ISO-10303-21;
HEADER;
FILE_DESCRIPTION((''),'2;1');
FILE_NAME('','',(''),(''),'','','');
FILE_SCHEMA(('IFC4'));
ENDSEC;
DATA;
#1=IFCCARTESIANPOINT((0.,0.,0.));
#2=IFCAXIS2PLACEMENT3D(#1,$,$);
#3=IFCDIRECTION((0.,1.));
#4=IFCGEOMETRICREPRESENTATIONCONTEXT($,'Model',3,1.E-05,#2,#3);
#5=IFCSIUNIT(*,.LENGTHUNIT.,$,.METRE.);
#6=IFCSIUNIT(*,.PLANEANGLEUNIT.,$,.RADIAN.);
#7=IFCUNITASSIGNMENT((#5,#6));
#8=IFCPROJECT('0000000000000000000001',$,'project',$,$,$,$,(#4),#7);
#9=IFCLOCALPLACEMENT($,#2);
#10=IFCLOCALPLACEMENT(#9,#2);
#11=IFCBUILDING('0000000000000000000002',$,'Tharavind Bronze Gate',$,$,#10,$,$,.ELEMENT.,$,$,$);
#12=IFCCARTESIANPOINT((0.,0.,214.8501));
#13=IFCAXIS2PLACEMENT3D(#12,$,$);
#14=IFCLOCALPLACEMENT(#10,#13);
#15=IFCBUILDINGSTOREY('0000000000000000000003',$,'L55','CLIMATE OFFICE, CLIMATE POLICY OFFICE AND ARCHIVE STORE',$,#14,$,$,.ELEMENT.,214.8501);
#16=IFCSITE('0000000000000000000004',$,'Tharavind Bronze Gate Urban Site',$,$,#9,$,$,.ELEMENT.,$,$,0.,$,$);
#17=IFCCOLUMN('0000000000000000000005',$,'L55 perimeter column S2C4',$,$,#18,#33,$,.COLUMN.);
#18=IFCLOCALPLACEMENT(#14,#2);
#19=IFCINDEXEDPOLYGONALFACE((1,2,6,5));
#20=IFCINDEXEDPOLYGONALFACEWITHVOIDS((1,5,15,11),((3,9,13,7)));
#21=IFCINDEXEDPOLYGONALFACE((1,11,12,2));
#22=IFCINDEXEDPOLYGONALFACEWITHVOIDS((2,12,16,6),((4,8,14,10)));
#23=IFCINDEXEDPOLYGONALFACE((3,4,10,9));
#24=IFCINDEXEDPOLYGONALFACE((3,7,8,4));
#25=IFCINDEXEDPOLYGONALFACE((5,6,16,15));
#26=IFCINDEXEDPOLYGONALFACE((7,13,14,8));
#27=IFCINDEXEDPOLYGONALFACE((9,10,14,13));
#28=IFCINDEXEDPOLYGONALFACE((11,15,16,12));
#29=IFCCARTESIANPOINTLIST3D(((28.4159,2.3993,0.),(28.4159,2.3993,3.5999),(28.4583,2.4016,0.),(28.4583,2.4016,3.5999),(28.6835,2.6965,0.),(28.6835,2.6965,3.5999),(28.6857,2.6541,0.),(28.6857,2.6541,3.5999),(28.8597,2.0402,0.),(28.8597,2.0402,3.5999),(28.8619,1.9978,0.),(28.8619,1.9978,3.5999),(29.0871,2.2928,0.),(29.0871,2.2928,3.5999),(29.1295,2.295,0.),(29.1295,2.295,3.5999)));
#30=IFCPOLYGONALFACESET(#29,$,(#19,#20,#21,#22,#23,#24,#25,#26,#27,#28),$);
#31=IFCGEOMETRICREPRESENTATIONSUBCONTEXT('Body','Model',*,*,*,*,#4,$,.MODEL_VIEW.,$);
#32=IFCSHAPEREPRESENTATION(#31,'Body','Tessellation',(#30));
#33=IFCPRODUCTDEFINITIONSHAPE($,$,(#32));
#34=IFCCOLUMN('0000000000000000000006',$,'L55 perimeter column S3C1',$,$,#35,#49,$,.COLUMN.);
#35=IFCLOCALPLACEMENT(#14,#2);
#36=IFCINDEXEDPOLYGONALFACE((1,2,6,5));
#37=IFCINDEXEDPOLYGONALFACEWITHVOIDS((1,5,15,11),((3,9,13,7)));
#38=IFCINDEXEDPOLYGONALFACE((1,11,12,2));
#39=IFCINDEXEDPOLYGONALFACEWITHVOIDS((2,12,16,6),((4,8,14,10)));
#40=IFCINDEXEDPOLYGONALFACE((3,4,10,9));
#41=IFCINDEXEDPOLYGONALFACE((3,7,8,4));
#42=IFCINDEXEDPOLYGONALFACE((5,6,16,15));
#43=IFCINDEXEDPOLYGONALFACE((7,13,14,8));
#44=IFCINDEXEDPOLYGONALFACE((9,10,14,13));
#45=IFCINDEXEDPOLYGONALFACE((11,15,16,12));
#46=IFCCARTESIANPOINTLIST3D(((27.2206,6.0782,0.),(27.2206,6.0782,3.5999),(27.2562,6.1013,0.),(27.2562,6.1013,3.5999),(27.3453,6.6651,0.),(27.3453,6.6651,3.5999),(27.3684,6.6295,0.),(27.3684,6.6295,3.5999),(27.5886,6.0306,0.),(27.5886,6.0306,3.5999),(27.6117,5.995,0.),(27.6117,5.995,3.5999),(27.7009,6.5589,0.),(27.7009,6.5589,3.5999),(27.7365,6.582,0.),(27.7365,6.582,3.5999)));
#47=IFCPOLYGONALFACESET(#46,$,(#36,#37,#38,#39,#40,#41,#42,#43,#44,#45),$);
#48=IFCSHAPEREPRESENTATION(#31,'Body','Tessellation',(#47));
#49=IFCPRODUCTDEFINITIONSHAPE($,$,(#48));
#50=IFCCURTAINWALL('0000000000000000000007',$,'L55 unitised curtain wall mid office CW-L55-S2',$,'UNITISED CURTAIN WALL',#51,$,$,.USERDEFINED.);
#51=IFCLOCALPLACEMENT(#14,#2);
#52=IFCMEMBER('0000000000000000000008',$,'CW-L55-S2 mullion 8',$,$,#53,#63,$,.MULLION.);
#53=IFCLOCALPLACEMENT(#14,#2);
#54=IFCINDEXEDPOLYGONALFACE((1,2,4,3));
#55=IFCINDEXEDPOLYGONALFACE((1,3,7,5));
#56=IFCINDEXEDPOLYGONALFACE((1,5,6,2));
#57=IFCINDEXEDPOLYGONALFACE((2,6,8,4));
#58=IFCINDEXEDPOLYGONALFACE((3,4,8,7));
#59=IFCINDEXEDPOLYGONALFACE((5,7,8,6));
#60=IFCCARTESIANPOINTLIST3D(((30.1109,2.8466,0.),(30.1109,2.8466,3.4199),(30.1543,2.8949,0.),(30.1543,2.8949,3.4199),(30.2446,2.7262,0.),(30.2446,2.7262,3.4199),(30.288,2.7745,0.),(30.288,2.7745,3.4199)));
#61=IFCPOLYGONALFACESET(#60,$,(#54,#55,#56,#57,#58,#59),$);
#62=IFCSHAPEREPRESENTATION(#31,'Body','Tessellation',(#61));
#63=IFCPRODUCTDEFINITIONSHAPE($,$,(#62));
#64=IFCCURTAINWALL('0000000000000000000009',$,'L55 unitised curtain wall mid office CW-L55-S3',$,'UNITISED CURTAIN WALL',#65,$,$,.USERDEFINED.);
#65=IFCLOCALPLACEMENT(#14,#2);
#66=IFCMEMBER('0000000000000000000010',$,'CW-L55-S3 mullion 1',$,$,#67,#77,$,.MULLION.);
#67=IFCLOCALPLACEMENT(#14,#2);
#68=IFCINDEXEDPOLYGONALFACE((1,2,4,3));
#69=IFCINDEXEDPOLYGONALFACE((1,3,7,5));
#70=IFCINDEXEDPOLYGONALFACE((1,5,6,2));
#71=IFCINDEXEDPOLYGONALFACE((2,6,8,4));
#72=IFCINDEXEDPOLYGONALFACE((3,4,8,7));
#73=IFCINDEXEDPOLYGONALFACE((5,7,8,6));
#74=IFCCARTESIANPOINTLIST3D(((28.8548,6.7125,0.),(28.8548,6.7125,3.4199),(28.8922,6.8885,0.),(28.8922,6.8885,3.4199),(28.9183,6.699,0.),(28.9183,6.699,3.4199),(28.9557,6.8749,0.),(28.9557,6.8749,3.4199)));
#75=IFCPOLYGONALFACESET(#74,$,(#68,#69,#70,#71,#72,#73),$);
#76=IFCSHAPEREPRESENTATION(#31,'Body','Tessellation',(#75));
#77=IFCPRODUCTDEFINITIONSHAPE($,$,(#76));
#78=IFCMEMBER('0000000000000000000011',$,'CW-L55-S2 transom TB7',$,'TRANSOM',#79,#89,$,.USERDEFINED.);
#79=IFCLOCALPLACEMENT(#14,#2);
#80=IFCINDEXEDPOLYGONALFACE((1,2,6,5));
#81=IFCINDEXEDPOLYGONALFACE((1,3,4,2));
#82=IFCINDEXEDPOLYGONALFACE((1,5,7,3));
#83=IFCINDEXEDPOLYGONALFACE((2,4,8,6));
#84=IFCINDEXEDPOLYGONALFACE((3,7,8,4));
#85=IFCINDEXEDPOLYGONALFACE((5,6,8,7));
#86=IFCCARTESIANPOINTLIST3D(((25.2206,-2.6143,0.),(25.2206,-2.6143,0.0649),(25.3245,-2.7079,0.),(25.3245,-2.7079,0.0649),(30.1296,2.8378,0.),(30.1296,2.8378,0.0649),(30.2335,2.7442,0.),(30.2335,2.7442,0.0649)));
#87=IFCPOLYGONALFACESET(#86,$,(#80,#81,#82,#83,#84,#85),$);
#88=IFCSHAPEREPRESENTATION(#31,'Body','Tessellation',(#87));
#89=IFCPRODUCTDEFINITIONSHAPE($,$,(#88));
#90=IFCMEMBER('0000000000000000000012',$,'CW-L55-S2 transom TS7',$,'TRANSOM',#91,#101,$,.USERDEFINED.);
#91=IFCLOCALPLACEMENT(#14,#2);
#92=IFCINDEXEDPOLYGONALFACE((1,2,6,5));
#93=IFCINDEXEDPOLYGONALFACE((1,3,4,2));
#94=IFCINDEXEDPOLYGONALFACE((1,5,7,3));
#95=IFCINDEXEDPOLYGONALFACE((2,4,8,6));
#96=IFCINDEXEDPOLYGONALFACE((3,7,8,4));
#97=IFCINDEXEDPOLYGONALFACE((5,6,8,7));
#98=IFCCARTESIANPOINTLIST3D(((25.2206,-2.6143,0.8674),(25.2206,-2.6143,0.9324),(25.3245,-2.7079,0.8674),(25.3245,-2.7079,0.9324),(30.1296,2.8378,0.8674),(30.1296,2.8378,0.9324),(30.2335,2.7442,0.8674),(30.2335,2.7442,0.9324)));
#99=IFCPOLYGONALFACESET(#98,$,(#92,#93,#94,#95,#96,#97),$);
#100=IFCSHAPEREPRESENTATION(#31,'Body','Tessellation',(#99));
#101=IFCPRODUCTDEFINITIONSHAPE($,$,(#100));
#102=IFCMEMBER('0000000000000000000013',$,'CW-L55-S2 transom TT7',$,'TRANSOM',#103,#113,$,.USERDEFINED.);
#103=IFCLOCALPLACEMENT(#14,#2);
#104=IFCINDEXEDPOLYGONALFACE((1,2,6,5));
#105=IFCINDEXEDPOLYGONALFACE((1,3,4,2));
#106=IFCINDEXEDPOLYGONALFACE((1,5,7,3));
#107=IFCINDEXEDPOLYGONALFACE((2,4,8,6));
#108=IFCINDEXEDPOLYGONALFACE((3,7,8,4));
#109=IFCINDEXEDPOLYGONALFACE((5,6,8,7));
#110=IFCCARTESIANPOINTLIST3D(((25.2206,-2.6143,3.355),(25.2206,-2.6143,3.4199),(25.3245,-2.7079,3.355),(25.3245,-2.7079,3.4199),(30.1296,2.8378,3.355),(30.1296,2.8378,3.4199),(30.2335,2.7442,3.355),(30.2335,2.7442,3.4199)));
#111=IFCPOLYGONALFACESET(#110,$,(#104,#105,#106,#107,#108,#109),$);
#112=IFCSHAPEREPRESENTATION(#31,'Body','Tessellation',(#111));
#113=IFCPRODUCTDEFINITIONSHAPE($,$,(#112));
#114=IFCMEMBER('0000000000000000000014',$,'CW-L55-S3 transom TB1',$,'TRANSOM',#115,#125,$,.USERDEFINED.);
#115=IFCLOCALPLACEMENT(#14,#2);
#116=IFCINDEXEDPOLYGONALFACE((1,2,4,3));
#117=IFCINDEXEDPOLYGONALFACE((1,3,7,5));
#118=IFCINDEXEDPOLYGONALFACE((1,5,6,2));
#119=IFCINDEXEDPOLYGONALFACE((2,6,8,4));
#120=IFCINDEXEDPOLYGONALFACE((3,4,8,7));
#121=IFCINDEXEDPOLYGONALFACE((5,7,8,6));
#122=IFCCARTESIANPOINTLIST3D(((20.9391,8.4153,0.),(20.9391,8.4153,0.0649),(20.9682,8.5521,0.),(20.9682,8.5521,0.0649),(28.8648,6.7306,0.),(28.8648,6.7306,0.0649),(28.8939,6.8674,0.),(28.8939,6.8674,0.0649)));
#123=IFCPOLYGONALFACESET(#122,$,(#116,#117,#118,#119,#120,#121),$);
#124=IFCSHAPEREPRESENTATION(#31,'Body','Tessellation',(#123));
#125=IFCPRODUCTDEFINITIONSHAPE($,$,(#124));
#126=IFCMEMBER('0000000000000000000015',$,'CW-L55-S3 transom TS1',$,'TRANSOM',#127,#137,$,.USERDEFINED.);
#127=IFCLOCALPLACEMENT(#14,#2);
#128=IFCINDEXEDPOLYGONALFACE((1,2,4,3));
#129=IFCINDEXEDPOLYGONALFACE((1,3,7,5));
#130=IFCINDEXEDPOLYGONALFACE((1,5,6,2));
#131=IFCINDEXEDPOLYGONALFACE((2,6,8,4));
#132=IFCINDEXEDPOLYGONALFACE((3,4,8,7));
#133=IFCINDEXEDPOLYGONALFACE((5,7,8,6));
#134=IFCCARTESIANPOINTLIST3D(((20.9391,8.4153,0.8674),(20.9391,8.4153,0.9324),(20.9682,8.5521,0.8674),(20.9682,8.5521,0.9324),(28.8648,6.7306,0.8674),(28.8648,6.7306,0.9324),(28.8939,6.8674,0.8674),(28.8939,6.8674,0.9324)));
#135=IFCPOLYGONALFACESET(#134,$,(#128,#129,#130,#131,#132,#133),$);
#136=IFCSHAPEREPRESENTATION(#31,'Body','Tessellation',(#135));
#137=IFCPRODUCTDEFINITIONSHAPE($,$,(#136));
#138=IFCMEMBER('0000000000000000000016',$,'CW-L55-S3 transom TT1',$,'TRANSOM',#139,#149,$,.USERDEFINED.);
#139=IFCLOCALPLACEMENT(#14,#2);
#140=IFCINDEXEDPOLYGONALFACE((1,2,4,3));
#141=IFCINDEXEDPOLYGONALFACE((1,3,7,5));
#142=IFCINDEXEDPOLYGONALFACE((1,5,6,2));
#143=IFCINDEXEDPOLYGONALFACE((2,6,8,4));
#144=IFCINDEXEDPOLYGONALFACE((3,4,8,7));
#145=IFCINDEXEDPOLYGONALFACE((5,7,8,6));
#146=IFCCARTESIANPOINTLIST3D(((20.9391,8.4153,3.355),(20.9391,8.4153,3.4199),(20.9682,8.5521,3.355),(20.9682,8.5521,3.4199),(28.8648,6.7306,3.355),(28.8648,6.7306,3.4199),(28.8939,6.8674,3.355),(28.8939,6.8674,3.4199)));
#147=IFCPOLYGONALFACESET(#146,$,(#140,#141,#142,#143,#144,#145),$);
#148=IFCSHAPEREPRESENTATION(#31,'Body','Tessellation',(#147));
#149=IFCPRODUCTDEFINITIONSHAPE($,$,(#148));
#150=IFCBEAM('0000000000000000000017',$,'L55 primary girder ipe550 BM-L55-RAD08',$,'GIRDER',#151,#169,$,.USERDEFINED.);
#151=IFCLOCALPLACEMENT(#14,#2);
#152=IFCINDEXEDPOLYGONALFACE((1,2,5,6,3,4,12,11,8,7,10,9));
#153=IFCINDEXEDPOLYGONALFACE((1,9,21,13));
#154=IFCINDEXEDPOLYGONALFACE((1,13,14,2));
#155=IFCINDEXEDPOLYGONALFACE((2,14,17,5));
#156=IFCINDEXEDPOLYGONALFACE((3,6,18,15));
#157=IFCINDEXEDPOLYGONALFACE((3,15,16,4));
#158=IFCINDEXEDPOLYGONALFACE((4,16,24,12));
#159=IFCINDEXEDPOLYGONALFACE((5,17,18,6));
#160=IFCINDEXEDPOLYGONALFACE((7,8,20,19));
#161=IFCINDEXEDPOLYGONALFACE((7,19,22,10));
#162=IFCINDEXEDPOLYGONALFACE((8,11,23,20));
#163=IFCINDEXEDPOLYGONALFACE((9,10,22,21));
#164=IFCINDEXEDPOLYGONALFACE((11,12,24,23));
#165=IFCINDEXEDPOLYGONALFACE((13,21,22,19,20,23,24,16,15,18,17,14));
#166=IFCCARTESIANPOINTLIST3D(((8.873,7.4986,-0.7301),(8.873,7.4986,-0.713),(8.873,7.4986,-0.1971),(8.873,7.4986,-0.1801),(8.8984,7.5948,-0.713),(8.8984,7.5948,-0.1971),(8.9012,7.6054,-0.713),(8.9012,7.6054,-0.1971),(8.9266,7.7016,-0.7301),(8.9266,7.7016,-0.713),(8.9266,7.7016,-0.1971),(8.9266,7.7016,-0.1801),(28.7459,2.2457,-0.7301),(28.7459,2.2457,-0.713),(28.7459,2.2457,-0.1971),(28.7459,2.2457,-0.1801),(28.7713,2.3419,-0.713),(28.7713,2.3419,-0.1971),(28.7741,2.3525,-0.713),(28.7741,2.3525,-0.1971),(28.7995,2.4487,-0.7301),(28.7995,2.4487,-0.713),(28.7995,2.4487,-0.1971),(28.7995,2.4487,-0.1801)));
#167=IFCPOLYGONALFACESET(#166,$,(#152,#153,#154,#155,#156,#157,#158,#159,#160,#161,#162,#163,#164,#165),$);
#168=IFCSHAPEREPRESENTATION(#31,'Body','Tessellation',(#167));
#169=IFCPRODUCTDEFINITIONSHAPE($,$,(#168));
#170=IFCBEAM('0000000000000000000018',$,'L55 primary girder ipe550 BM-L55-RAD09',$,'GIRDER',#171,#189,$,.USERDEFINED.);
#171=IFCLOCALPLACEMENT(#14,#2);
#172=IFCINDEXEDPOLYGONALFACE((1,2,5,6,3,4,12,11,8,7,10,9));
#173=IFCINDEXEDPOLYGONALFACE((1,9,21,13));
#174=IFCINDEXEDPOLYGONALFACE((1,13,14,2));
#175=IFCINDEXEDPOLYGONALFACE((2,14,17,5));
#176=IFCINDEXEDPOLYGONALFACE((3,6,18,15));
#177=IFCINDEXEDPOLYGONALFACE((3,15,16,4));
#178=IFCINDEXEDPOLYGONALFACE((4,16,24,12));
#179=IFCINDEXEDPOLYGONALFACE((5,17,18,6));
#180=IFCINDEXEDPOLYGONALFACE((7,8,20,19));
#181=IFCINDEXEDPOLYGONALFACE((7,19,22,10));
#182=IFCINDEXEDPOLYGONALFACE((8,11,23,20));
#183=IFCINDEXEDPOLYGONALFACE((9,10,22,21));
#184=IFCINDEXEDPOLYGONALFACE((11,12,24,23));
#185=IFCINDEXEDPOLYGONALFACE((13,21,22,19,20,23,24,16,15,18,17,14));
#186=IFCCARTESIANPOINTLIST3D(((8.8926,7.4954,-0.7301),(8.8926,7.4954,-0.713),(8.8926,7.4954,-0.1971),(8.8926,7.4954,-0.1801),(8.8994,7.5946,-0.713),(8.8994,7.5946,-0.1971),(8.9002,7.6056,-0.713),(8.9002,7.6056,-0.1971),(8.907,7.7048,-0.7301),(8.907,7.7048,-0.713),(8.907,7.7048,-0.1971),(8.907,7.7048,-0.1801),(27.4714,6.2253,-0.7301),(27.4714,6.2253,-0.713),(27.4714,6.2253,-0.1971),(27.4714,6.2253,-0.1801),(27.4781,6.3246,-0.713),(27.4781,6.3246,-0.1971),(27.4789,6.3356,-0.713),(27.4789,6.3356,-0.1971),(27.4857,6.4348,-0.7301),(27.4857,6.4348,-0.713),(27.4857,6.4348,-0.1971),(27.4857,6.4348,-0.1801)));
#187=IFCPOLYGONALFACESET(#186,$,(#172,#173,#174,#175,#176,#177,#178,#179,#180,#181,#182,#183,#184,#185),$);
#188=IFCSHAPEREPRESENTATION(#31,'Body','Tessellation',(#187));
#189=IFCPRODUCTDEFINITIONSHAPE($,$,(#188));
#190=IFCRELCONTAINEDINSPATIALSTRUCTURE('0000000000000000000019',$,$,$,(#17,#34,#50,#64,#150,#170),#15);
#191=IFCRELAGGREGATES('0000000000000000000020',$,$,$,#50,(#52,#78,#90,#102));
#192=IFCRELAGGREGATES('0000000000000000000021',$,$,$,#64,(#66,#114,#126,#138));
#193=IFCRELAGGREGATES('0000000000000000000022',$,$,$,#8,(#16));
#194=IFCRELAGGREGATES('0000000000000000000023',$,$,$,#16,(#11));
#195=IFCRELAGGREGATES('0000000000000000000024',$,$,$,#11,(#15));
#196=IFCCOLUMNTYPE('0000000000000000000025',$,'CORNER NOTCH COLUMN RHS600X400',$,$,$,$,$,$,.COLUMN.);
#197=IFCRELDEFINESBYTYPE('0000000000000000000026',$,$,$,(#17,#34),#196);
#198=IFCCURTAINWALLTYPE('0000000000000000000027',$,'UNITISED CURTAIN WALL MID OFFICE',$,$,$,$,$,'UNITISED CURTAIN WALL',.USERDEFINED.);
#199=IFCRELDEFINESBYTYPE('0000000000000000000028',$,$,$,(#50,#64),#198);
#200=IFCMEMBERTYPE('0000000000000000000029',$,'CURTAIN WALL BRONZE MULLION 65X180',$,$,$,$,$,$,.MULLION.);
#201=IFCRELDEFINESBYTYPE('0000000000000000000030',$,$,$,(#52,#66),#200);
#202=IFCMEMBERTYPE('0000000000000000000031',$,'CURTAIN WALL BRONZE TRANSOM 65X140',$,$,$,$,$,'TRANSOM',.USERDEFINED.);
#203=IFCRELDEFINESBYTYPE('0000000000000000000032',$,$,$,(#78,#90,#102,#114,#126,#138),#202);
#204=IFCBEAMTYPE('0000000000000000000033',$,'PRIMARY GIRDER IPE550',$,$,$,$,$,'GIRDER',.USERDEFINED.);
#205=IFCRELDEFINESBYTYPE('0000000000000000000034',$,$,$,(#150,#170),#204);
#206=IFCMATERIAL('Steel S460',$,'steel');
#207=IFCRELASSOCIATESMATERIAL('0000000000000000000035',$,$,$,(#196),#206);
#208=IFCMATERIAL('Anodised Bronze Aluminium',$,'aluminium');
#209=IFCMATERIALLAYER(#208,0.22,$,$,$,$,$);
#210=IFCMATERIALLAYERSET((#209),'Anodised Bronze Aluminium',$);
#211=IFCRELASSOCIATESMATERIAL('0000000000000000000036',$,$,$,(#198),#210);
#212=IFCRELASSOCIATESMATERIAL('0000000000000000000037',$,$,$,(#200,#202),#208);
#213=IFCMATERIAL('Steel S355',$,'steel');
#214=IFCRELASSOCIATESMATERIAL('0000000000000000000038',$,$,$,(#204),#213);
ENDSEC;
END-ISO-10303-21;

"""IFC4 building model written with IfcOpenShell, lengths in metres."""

from ifc_helpers import new_model, si_unit, direction, frame, origin, origin_2d, place, context, subcontext, project, spatial, rectangle, hollow_rectangle, i_section, extrude, material, layer, layer_set, material_profile, profile_set, type_object, element, aggregate, save


model = new_model("IFC4")

# Units and contexts
model_context = context("Model", 3, precision=1e-05, world=origin(), true_north=direction((0.0, 1.0)))
body_context = subcontext(model_context, "Body", "Model", "MODEL_VIEW")
ifc_project = project(units=[si_unit("LENGTHUNIT", "METRE"), si_unit("PLANEANGLEUNIT", "RADIAN")], contexts=[model_context])

# Site, building, storey
site_placement = place(None, origin())
site = spatial("IfcSite", under=ifc_project, at=site_placement, Name="Tharavind Bronze Gate Urban Site", CompositionType="ELEMENT", RefElevation=0.0)
building_placement = place(site_placement, origin())
building = spatial("IfcBuilding", under=site, at=building_placement, Name="Tharavind Bronze Gate", CompositionType="ELEMENT")
storey_placement = place(building_placement, frame((0.0, 0.0, 214.8501)))
storey = spatial("IfcBuildingStorey", under=building, at=storey_placement, Name="L55", Description="CLIMATE OFFICE, CLIMATE POLICY OFFICE AND ARCHIVE STORE", CompositionType="ELEMENT", Elevation=214.8501)

# Columns
ifc_material_1 = material(Name="Steel S460", Category="steel")
ifc_material_profile_1 = material_profile(ifc_material_1, hollow_rectangle(XDim=0.3999, YDim=0.6001, WallThickness=0.03, at=origin_2d()), Name="RHS600X400X30")
ifc_profile_set_1 = profile_set([ifc_material_profile_1], Name="Steel S460")
column_type = type_object("IfcColumnType", Name="CORNER NOTCH COLUMN RHS600X400", PredefinedType="COLUMN", material=ifc_profile_set_1)
for number, where, z_axis, x_axis, name in (
    (1, (28.7727, 2.3472, 0.0), (0.0, 0.0, 1.0), (0.669131, 0.743145, 0.0), "L55 perimeter column S2C4"),
    (2, (27.4785, 6.3301, 0.0), (0.0, 0.0, 1.0), (-0.978148, 0.207912, 0.0), "L55 perimeter column S3C1"),
):
    element("IfcColumn", number, at=place(storey_placement, frame(where, z_axis=z_axis, x_axis=x_axis)), inside=storey, type_object=column_type, Name=name, PredefinedType="COLUMN", context=body_context, shape_type="SweptSolid", body=[
        extrude(hollow_rectangle(XDim=0.3999, YDim=0.6001, WallThickness=0.03, at=origin_2d()), origin(), (0.0, 0.0, 1.0), 3.5999),
    ])

# Curtain walls, members
ifc_material_2 = material(Name="Anodised Bronze Aluminium", Category="aluminium")
ifc_layer_1 = layer(ifc_material_2, 0.22)
ifc_layer_set_1 = layer_set([ifc_layer_1], Name="Anodised Bronze Aluminium")
curtain_wall_type = type_object("IfcCurtainWallType", Name="UNITISED CURTAIN WALL MID OFFICE", ElementType="UNITISED CURTAIN WALL", PredefinedType="USERDEFINED", material=ifc_layer_set_1)
curtain_wall_1_placement = place(storey_placement, origin())
curtain_wall_1 = element("IfcCurtainWall", 3, at=curtain_wall_1_placement, inside=storey, type_object=curtain_wall_type, Name="L55 unitised curtain wall mid office CW-L55-S2", ObjectType="UNITISED CURTAIN WALL", PredefinedType="USERDEFINED")
member_type_1 = type_object("IfcMemberType", Name="CURTAIN WALL BRONZE MULLION 65X180", PredefinedType="MULLION", material=ifc_material_2)
member_1_placement = place(storey_placement, frame((30.1995, 2.8105, 0.0), z_axis=(0.0, 0.0, 1.0), x_axis=(0.669131, 0.743145, 0.0)))
member_1 = element("IfcMember", 4, at=member_1_placement, type_object=member_type_1, Name="CW-L55-S2 mullion 8", PredefinedType="MULLION", context=body_context, shape_type="SweptSolid", body=[
    extrude(rectangle(XDim=0.0649, YDim=0.1799, at=origin_2d()), origin(), (0.0, 0.0, 1.0), 3.4199),
])
curtain_wall_2_placement = place(storey_placement, origin())
curtain_wall_2 = element("IfcCurtainWall", 5, at=curtain_wall_2_placement, inside=storey, type_object=curtain_wall_type, Name="L55 unitised curtain wall mid office CW-L55-S3", ObjectType="UNITISED CURTAIN WALL", PredefinedType="USERDEFINED")
member_2_placement = place(storey_placement, frame((28.9053, 6.7937, 0.0), z_axis=(0.0, 0.0, 1.0), x_axis=(-0.978148, 0.207912, 0.0)))
member_2 = element("IfcMember", 6, at=member_2_placement, type_object=member_type_1, Name="CW-L55-S3 mullion 1", PredefinedType="MULLION", context=body_context, shape_type="SweptSolid", body=[
    extrude(rectangle(XDim=0.0649, YDim=0.1799, at=origin_2d()), origin(), (0.0, 0.0, 1.0), 3.4199),
])

# Members
member_type_2 = type_object("IfcMemberType", Name="CURTAIN WALL BRONZE TRANSOM 65X140", ElementType="TRANSOM", PredefinedType="USERDEFINED", material=ifc_material_2)
member_3_placement = place(storey_placement, frame((27.7271, 0.0649, 0.0), z_axis=(0.0, 0.0, 1.0), x_axis=(0.669131, 0.743145, 0.0)))
member_3 = element("IfcMember", 7, at=member_3_placement, type_object=member_type_2, Name="CW-L55-S2 transom TB7", ObjectType="TRANSOM", PredefinedType="USERDEFINED", context=body_context, shape_type="SweptSolid", body=[
    extrude(rectangle(XDim=7.3364, YDim=0.1399, at=origin_2d()), origin(), (0.0, 0.0, 1.0), 0.0649),
])
member_4_placement = place(storey_placement, frame((27.7271, 0.0649, 0.8674), z_axis=(0.0, 0.0, 1.0), x_axis=(0.669131, 0.743145, 0.0)))
member_4 = element("IfcMember", 8, at=member_4_placement, type_object=member_type_2, Name="CW-L55-S2 transom TS7", ObjectType="TRANSOM", PredefinedType="USERDEFINED", context=body_context, shape_type="SweptSolid", body=[
    extrude(rectangle(XDim=7.3364, YDim=0.1399, at=origin_2d()), origin(), (0.0, 0.0, 1.0), 0.0649),
])
member_5_placement = place(storey_placement, frame((27.7271, 0.0649, 3.355), z_axis=(0.0, 0.0, 1.0), x_axis=(0.669131, 0.743145, 0.0)))
member_5 = element("IfcMember", 9, at=member_5_placement, type_object=member_type_2, Name="CW-L55-S2 transom TT7", ObjectType="TRANSOM", PredefinedType="USERDEFINED", context=body_context, shape_type="SweptSolid", body=[
    extrude(rectangle(XDim=7.3364, YDim=0.1399, at=origin_2d()), origin(), (0.0, 0.0, 1.0), 0.0649),
])
member_6_placement = place(storey_placement, frame((24.9165, 7.6414, 0.0), z_axis=(0.0, 0.0, 1.0), x_axis=(-0.978148, 0.207912, 0.0)))
member_6 = element("IfcMember", 10, at=member_6_placement, type_object=member_type_2, Name="CW-L55-S3 transom TB1", ObjectType="TRANSOM", PredefinedType="USERDEFINED", context=body_context, shape_type="SweptSolid", body=[
    extrude(rectangle(XDim=8.1028, YDim=0.1399, at=origin_2d()), origin(), (0.0, 0.0, 1.0), 0.0649),
])
member_7_placement = place(storey_placement, frame((24.9165, 7.6414, 0.8674), z_axis=(0.0, 0.0, 1.0), x_axis=(-0.978148, 0.207912, 0.0)))
member_7 = element("IfcMember", 11, at=member_7_placement, type_object=member_type_2, Name="CW-L55-S3 transom TS1", ObjectType="TRANSOM", PredefinedType="USERDEFINED", context=body_context, shape_type="SweptSolid", body=[
    extrude(rectangle(XDim=8.1028, YDim=0.1399, at=origin_2d()), origin(), (0.0, 0.0, 1.0), 0.0649),
])
member_8_placement = place(storey_placement, frame((24.9165, 7.6414, 3.355), z_axis=(0.0, 0.0, 1.0), x_axis=(-0.978148, 0.207912, 0.0)))
member_8 = element("IfcMember", 12, at=member_8_placement, type_object=member_type_2, Name="CW-L55-S3 transom TT1", ObjectType="TRANSOM", PredefinedType="USERDEFINED", context=body_context, shape_type="SweptSolid", body=[
    extrude(rectangle(XDim=8.1028, YDim=0.1399, at=origin_2d()), origin(), (0.0, 0.0, 1.0), 0.0649),
])

# Beams
ifc_material_3 = material(Name="Steel S355", Category="steel")
ifc_material_profile_2 = material_profile(ifc_material_3, i_section(OverallWidth=0.21, OverallDepth=0.55, WebThickness=0.011, FlangeThickness=0.0171, at=origin_2d()), Name="IPE550")
ifc_profile_set_2 = profile_set([ifc_material_profile_2], Name="Steel S355")
beam_type_1 = type_object("IfcBeamType", Name="PRIMARY GIRDER IPE550", ElementType="GIRDER", PredefinedType="USERDEFINED", material=ifc_profile_set_2)
beam_1_placement = place(storey_placement, frame((28.7727, 2.3472, -0.4551), z_axis=(-0.966796, 0.255551, 0.0), x_axis=(-0.255551, -0.966796, 0.0)))
element("IfcBeam", 13, at=beam_1_placement, inside=storey, type_object=beam_type_1, Name="L55 primary girder ipe550 BM-L55-RAD08", ObjectType="GIRDER", PredefinedType="USERDEFINED", context=body_context, shape_type="SweptSolid", body=[
    extrude(i_section(OverallWidth=0.21, OverallDepth=0.55, WebThickness=0.011, FlangeThickness=0.0171, at=origin_2d()), origin(), (0.0, 0.0, 1.0), 20.5554),
])
beam_2_placement = place(storey_placement, frame((27.4785, 6.3301, -0.4551), z_axis=(-0.997672, 0.0682, 0.0), x_axis=(-0.0682, -0.997672, 0.0)))
element("IfcBeam", 14, at=beam_2_placement, inside=storey, type_object=beam_type_1, Name="L55 primary girder ipe550 BM-L55-RAD09", ObjectType="GIRDER", PredefinedType="USERDEFINED", context=body_context, shape_type="SweptSolid", body=[
    extrude(i_section(OverallWidth=0.21, OverallDepth=0.55, WebThickness=0.011, FlangeThickness=0.0171, at=origin_2d()), origin(), (0.0, 0.0, 1.0), 18.6221),
])

aggregate(curtain_wall_1, [member_1, member_3, member_4, member_5])
aggregate(curtain_wall_2, [member_2, member_6, member_7, member_8])

save(model, "model.ifc")
